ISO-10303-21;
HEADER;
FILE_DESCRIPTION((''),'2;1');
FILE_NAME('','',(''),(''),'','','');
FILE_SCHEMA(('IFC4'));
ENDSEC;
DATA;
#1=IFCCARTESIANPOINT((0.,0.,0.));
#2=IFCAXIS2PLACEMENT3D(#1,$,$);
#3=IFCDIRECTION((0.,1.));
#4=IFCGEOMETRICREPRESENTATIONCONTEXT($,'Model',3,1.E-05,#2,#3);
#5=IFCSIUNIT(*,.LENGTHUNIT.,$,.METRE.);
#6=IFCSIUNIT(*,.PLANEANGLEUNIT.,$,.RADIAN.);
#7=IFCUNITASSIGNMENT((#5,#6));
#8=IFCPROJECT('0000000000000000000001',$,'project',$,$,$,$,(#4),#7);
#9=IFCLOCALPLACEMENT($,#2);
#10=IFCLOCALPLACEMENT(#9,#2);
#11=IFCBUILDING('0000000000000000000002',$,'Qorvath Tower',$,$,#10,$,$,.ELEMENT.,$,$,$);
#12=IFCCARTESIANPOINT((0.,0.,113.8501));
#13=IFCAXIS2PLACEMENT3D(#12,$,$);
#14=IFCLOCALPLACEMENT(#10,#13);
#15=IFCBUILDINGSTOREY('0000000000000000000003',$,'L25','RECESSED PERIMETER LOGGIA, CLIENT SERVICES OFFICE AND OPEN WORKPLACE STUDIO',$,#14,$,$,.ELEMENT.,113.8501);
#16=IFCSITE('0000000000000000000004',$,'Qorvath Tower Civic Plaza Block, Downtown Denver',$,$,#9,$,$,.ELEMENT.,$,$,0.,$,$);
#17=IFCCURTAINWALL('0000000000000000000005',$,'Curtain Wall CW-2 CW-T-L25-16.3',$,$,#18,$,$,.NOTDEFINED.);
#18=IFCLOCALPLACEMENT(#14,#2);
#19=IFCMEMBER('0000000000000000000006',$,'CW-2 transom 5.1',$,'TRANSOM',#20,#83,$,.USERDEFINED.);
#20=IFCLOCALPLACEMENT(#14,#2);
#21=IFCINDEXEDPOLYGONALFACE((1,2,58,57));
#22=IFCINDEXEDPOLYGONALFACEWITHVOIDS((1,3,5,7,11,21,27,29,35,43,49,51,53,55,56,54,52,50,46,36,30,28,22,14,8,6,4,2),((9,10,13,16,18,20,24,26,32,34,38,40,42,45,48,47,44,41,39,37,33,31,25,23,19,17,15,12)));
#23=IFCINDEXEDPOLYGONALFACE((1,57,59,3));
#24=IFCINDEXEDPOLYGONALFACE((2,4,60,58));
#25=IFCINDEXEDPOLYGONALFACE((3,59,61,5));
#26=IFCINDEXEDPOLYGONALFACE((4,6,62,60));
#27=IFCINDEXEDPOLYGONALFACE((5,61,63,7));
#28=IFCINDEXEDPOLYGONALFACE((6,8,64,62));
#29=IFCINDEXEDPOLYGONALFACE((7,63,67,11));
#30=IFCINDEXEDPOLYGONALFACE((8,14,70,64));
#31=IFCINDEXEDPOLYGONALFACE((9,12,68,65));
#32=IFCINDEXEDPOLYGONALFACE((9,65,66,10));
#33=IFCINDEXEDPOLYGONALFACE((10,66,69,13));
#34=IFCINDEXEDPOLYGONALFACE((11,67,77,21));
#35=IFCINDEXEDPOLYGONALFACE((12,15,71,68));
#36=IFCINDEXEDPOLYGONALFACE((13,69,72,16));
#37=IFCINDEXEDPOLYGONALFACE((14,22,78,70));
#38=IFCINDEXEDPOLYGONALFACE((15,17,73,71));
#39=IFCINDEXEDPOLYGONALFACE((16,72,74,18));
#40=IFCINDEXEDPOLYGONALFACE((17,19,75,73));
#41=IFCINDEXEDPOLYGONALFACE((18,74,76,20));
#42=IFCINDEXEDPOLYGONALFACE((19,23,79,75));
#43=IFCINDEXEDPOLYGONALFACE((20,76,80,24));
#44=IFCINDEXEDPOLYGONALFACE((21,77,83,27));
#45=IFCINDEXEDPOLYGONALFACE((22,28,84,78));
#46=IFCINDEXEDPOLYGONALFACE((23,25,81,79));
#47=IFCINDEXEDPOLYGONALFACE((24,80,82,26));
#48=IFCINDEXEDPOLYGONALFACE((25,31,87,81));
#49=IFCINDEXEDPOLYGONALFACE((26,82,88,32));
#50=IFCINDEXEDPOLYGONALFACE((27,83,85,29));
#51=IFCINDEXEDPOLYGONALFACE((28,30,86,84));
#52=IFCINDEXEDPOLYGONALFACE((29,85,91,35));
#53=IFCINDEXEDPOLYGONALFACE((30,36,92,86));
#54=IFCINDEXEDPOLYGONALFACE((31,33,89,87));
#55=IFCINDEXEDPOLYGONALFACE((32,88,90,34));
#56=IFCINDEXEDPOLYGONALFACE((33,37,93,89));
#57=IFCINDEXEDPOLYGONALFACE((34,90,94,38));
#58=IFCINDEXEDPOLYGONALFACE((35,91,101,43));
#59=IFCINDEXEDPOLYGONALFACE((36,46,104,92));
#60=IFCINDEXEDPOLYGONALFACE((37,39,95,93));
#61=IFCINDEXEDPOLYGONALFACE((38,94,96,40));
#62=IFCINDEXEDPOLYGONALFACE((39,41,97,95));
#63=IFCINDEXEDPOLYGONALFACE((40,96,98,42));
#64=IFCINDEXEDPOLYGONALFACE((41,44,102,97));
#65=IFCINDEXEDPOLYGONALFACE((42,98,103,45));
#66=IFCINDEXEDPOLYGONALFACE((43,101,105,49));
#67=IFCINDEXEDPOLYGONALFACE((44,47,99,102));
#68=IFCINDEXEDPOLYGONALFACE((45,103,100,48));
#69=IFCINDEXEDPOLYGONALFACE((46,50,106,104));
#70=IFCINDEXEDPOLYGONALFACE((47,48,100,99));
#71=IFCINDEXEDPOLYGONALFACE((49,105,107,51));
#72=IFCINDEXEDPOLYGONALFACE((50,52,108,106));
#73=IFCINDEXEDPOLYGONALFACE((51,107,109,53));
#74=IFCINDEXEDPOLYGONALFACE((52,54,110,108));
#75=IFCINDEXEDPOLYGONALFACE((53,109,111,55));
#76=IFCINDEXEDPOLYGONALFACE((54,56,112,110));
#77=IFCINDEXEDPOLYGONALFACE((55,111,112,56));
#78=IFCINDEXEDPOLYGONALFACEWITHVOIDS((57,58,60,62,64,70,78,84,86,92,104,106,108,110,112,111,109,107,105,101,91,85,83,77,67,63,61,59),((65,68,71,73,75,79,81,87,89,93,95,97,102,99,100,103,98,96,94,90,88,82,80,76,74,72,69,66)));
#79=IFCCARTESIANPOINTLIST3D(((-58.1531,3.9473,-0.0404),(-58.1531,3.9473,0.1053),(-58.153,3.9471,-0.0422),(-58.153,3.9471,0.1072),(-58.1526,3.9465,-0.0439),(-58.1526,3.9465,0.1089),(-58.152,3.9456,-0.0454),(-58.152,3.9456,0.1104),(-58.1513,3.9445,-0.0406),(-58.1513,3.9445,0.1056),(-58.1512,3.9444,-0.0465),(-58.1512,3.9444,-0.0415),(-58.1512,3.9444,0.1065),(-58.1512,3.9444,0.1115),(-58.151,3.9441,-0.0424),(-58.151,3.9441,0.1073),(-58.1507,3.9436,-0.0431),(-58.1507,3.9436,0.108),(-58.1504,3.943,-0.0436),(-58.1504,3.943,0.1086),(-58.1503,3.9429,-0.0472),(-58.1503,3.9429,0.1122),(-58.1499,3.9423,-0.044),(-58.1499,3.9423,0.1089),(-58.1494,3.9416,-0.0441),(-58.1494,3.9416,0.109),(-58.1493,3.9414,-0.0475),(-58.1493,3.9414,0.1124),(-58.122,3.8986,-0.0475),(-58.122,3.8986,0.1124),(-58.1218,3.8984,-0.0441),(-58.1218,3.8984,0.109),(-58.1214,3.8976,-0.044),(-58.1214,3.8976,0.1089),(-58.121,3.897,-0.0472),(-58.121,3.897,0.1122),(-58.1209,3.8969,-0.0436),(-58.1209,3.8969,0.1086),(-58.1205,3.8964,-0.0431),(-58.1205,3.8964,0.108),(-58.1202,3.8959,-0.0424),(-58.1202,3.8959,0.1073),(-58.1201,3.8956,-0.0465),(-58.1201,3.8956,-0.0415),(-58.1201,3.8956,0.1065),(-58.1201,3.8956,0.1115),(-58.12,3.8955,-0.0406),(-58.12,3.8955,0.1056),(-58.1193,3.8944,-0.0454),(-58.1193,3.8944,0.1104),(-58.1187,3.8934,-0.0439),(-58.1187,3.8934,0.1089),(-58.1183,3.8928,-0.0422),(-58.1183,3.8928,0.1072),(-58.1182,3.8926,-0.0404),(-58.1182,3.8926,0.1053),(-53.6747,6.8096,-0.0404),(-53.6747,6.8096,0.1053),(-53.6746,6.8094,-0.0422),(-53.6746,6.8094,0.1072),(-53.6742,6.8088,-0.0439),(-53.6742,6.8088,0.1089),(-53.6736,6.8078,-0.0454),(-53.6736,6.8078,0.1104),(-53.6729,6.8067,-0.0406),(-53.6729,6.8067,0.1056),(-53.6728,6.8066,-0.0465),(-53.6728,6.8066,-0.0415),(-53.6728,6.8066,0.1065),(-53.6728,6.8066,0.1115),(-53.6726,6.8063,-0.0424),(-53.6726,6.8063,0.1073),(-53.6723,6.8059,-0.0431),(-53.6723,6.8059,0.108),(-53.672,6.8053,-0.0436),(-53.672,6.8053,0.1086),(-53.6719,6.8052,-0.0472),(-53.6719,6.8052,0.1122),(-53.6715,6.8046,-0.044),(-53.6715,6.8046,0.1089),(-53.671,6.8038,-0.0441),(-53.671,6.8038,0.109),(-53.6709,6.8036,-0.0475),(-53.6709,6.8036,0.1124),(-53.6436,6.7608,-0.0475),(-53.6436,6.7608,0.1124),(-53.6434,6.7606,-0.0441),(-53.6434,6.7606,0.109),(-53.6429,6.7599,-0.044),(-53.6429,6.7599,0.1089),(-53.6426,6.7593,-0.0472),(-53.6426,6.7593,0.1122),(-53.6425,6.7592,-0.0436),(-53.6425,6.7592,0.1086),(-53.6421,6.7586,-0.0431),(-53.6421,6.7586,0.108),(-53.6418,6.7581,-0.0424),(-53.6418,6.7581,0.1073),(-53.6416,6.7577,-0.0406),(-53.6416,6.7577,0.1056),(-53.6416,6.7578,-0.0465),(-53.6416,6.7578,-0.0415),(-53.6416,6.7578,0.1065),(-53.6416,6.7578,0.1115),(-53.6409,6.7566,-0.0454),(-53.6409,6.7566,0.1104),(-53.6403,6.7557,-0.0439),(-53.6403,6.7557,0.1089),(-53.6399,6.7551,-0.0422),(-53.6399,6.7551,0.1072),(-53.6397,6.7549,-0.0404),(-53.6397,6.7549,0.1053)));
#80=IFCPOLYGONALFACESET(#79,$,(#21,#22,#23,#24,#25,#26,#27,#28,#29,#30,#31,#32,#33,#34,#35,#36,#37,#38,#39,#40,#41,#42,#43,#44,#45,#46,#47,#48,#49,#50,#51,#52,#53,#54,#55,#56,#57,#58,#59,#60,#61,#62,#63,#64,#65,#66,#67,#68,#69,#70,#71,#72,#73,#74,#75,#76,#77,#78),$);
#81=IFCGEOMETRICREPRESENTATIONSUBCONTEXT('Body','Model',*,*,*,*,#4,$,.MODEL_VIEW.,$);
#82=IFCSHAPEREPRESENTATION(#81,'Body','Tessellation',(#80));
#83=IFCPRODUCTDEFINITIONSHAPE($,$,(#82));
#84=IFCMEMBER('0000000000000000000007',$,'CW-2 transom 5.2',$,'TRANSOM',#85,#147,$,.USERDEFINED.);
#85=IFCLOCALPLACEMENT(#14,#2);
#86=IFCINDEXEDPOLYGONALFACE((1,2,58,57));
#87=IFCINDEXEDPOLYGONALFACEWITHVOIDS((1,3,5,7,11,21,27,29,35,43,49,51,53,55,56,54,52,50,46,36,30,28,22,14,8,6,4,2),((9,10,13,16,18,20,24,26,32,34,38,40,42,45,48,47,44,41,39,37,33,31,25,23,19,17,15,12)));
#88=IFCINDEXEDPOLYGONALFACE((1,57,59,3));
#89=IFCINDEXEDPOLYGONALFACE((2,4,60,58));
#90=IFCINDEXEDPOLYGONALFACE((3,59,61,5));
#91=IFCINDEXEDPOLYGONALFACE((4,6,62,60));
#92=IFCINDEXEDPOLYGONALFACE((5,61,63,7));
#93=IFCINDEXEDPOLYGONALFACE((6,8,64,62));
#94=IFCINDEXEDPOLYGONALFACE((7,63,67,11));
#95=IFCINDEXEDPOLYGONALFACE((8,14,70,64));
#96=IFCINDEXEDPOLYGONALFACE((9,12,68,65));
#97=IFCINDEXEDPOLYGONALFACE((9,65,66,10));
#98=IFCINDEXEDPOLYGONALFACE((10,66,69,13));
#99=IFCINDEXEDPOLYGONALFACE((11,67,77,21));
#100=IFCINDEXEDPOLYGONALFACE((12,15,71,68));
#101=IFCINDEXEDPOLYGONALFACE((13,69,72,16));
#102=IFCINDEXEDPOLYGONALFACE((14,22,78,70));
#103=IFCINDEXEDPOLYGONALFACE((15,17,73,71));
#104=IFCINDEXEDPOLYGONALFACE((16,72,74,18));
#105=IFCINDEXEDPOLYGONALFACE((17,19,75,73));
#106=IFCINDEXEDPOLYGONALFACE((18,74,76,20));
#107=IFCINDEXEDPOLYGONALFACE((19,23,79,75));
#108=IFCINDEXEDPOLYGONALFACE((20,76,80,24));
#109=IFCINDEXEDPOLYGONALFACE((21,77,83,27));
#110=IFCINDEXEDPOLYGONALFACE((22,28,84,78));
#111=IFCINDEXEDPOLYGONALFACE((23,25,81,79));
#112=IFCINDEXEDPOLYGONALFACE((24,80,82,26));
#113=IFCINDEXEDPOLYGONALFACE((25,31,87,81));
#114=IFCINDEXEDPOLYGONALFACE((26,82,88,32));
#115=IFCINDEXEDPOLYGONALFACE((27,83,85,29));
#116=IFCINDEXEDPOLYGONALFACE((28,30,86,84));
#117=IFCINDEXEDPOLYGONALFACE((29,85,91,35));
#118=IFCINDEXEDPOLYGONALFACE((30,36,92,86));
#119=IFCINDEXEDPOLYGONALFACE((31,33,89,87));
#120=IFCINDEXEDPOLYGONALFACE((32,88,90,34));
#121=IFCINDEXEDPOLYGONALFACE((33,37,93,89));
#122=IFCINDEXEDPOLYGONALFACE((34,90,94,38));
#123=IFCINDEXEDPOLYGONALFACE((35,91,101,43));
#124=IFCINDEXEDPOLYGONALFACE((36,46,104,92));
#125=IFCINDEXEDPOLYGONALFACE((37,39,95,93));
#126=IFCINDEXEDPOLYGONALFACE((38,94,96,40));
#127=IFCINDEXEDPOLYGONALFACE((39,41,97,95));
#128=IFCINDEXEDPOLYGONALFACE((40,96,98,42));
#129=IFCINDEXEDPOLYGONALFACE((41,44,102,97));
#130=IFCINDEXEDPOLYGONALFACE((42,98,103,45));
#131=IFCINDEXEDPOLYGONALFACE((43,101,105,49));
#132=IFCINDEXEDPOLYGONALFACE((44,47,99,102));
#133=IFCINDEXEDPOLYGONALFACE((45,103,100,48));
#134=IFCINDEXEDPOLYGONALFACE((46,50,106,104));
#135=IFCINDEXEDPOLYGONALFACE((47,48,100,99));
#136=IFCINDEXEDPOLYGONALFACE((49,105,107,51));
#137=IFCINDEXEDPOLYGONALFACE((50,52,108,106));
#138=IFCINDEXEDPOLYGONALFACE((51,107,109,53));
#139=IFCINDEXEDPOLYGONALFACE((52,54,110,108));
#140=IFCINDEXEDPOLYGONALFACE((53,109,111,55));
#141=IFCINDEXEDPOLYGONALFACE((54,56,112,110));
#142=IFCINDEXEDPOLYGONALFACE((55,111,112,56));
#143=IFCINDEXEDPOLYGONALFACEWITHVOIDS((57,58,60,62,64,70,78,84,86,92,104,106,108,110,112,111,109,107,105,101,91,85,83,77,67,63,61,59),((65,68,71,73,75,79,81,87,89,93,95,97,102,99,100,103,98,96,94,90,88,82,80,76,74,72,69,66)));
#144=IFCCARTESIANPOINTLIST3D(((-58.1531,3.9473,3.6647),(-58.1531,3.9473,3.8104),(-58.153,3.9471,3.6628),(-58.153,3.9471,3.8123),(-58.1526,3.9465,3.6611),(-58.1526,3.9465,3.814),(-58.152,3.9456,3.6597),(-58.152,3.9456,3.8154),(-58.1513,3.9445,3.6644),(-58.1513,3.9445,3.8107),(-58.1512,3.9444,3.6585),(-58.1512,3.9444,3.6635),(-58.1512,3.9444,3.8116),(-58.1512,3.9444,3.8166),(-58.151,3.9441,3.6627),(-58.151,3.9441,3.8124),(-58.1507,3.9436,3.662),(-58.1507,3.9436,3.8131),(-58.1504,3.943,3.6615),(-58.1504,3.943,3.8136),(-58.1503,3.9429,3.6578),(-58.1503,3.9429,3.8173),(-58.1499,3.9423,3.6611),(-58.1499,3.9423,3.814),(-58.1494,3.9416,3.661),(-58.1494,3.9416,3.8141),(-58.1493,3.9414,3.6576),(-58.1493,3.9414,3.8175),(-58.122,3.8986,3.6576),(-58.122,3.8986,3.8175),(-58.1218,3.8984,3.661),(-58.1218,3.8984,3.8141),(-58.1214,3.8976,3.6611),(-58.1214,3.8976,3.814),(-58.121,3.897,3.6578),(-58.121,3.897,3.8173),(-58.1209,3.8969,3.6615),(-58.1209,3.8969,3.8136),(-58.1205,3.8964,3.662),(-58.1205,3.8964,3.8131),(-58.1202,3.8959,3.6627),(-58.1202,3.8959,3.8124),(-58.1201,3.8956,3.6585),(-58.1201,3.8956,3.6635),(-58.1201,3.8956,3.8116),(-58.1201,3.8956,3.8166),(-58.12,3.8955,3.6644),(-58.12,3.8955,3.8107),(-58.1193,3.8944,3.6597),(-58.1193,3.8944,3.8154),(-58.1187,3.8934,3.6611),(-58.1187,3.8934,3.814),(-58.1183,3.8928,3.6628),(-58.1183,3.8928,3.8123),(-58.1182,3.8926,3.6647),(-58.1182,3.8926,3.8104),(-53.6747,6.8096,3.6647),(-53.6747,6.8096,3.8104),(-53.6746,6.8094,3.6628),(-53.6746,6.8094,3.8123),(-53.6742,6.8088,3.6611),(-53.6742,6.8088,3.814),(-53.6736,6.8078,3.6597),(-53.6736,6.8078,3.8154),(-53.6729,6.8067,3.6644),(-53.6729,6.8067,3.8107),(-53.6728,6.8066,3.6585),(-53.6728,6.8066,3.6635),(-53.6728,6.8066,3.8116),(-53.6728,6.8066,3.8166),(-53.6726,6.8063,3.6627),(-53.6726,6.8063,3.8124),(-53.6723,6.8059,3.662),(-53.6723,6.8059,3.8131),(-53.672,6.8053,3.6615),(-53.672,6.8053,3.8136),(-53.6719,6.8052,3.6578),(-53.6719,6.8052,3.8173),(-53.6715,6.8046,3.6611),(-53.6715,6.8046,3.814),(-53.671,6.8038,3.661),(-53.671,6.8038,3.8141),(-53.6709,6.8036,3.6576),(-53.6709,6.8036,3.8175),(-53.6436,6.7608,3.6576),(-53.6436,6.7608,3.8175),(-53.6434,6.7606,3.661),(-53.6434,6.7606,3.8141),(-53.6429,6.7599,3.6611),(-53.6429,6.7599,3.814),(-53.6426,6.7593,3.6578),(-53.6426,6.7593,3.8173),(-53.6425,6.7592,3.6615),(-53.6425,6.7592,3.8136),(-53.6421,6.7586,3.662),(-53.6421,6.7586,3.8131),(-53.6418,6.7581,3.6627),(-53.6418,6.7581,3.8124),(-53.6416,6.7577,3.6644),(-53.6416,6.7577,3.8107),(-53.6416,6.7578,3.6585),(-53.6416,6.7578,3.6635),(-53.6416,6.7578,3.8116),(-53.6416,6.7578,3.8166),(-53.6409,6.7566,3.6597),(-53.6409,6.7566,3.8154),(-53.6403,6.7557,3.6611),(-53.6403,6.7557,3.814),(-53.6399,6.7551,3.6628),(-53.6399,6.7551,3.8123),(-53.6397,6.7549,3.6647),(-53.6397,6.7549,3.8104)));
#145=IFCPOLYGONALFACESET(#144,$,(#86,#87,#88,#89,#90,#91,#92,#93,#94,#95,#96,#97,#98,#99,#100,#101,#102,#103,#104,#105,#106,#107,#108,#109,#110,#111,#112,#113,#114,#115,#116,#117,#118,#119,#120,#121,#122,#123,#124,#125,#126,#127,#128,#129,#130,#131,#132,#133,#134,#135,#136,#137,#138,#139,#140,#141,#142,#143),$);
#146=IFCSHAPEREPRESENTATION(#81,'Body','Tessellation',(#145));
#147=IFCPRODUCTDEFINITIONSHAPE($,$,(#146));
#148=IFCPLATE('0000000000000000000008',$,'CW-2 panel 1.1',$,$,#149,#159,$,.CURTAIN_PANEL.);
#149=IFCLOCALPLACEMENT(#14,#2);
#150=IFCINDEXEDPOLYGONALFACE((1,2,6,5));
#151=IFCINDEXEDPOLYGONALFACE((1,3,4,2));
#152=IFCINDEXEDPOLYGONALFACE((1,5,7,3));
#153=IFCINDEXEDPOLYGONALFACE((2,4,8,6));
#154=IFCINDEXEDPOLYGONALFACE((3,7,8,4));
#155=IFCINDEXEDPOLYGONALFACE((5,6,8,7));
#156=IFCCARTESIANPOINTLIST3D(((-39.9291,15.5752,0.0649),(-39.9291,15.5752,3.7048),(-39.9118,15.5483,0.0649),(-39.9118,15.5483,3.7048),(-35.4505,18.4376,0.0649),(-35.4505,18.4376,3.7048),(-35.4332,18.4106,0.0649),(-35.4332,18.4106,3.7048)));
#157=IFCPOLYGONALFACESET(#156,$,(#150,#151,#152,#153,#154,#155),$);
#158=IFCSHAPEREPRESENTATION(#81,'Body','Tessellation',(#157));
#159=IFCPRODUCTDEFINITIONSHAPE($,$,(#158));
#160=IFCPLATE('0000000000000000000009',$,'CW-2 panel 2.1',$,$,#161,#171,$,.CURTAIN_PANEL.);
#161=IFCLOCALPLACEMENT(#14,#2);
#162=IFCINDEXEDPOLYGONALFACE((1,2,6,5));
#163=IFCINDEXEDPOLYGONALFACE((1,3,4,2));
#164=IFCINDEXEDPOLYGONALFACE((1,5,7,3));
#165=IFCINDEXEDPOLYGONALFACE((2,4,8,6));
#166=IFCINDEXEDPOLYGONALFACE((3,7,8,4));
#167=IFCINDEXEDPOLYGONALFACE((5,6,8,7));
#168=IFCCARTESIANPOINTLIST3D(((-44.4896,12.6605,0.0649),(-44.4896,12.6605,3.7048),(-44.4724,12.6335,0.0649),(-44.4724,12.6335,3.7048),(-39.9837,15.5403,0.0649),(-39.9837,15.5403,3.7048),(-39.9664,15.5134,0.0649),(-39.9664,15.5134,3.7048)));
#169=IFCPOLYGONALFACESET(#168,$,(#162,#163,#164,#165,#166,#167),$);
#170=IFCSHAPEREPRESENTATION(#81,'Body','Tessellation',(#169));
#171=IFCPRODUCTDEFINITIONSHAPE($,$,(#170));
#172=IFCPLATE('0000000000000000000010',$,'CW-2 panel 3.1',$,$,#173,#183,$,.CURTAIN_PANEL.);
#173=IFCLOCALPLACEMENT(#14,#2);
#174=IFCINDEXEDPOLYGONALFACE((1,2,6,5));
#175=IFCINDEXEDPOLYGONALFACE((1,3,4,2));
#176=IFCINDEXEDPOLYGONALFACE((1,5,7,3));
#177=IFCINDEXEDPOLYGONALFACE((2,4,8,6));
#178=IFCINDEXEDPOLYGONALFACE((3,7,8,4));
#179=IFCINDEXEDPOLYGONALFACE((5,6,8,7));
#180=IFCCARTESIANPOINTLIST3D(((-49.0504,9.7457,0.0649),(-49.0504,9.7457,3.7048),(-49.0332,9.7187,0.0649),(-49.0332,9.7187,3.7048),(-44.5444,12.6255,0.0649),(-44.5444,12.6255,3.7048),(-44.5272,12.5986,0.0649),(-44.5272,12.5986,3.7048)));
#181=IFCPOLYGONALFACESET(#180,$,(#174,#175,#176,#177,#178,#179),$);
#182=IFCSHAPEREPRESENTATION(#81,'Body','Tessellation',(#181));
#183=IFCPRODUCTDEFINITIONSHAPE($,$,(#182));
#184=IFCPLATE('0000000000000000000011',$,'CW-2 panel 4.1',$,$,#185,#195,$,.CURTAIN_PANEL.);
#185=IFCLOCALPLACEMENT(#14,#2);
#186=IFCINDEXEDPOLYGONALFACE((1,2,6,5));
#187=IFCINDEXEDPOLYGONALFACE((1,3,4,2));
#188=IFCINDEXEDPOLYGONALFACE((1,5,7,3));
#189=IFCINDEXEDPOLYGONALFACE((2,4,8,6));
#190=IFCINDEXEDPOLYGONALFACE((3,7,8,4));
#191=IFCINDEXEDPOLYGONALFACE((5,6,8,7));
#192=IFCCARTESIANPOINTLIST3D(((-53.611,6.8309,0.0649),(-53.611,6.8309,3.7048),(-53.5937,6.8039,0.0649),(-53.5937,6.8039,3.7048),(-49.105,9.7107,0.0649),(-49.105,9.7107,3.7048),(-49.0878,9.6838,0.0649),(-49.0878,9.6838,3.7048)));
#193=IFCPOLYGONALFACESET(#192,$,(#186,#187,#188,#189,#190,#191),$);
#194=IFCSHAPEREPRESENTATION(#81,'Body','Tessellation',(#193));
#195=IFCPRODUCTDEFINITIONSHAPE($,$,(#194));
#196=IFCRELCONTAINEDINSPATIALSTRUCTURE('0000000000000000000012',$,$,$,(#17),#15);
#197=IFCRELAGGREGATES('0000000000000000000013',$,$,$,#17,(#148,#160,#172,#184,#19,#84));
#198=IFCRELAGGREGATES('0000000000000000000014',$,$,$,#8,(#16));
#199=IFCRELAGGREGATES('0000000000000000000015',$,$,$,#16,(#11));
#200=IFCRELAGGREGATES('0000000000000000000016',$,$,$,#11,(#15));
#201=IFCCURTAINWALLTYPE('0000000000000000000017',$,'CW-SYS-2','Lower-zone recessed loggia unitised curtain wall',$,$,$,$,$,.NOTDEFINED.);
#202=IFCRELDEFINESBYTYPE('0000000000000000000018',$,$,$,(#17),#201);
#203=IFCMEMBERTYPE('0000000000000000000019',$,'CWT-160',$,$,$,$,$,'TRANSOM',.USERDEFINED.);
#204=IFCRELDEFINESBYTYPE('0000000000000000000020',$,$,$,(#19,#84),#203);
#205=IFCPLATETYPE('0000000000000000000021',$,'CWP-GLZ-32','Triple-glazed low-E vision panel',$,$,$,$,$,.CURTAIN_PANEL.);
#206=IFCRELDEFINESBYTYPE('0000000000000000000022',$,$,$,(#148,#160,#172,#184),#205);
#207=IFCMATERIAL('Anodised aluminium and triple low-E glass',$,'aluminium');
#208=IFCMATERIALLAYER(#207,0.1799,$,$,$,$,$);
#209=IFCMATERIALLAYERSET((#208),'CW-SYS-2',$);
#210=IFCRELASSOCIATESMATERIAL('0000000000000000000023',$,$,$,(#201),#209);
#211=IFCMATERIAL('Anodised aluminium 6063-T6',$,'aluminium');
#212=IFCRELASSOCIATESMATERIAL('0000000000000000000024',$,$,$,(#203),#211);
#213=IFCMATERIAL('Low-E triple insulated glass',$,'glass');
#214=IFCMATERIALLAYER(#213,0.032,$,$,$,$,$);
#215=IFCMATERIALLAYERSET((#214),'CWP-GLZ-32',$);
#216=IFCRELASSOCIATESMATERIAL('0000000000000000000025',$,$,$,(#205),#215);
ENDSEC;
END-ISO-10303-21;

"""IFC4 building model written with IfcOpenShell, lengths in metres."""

from ifc_helpers import new_model, si_unit, direction, frame, origin, origin_2d, place, context, subcontext, project, spatial, rectangle, hollow_rectangle, extrude, material, layer, layer_set, material_profile, profile_set, type_object, element, aggregate, save


model = new_model("IFC4")

# Units and contexts
model_context = context("Model", 3, precision=1e-05, world=origin(), true_north=direction((0.0, 1.0)))
body_context = subcontext(model_context, "Body", "Model", "MODEL_VIEW")
ifc_project = project(units=[si_unit("LENGTHUNIT", "METRE"), si_unit("PLANEANGLEUNIT", "RADIAN")], contexts=[model_context])

# Site, building, storey
site_placement = place(None, origin())
site = spatial("IfcSite", under=ifc_project, at=site_placement, Name="Qorvath Tower Civic Plaza Block, Downtown Denver", CompositionType="ELEMENT", RefElevation=0.0)
building_placement = place(site_placement, origin())
building = spatial("IfcBuilding", under=site, at=building_placement, Name="Qorvath Tower", CompositionType="ELEMENT")
storey_placement = place(building_placement, frame((0.0, 0.0, 113.8501)))
storey = spatial("IfcBuildingStorey", under=building, at=storey_placement, Name="L25", Description="RECESSED PERIMETER LOGGIA, CLIENT SERVICES OFFICE AND OPEN WORKPLACE STUDIO", CompositionType="ELEMENT", Elevation=113.8501)

# Curtain wall, members, plates
ifc_material_1 = material(Name="Anodised aluminium and triple low-E glass", Category="aluminium")
ifc_layer_1 = layer(ifc_material_1, 0.1799)
ifc_layer_set_1 = layer_set([ifc_layer_1], Name="CW-SYS-2")
curtain_wall_type = type_object("IfcCurtainWallType", Name="CW-SYS-2", Description="Lower-zone recessed loggia unitised curtain wall", PredefinedType="NOTDEFINED", material=ifc_layer_set_1)
curtain_wall_placement = place(storey_placement, origin())
curtain_wall = element("IfcCurtainWall", 1, at=curtain_wall_placement, inside=storey, type_object=curtain_wall_type, Name="Curtain Wall CW-2 CW-T-L25-16.3", PredefinedType="NOTDEFINED")
ifc_material_2 = material(Name="Anodised aluminium 6063-T6", Category="aluminium")
ifc_material_profile_1 = material_profile(ifc_material_2, hollow_rectangle(XDim=0.0649, YDim=0.1599, WallThickness=0.0034, InnerFilletRadius=0.0034, OuterFilletRadius=0.0071, at=origin_2d()), Name="CWT 160x65")
ifc_profile_set_1 = profile_set([ifc_material_profile_1], Name="Anodised aluminium 6063-T6")
member_type_1 = type_object("IfcMemberType", Name="CWT-160", ElementType="TRANSOM", PredefinedType="USERDEFINED", material=ifc_profile_set_1)
member_1_placement = place(storey_placement, frame((-53.6572, 6.7822, 0.0325), z_axis=(-0.842608, -0.538527, 0.0), x_axis=(0.538527, -0.842608, 0.0)))
member_1 = element("IfcMember", 2, at=member_1_placement, type_object=member_type_1, Name="CW-2 transom 5.1", ObjectType="TRANSOM", PredefinedType="USERDEFINED", context=body_context, shape_type="SweptSolid", body=[
    extrude(hollow_rectangle(XDim=0.0649, YDim=0.1599, WallThickness=0.0034, InnerFilletRadius=0.0034, OuterFilletRadius=0.0071, at=origin_2d()), origin(), (0.0, 0.0, 1.0), 5.3149),
])
member_2_placement = place(storey_placement, frame((-53.6572, 6.7822, 3.7375), z_axis=(-0.842608, -0.538527, 0.0), x_axis=(0.538527, -0.842608, 0.0)))
member_2 = element("IfcMember", 3, at=member_2_placement, type_object=member_type_1, Name="CW-2 transom 5.2", ObjectType="TRANSOM", PredefinedType="USERDEFINED", context=body_context, shape_type="SweptSolid", body=[
    extrude(hollow_rectangle(XDim=0.0649, YDim=0.1599, WallThickness=0.0034, InnerFilletRadius=0.0034, OuterFilletRadius=0.0071, at=origin_2d()), origin(), (0.0, 0.0, 1.0), 5.3149),
])
ifc_material_3 = material(Name="Low-E triple insulated glass", Category="glass")
ifc_layer_2 = layer(ifc_material_3, 0.032)
ifc_layer_set_2 = layer_set([ifc_layer_2], Name="CWP-GLZ-32")
plate_type = type_object("IfcPlateType", Name="CWP-GLZ-32", Description="Triple-glazed low-E vision panel", PredefinedType="CURTAIN_PANEL", material=ifc_layer_set_2)
plate_1_placement = place(storey_placement, frame((-37.6812, 16.9929, 0.0649), z_axis=(0.0, 0.0, 1.0), x_axis=(-0.842606, -0.53853, 0.0)))
plate_1 = element("IfcPlate", 4, at=plate_1_placement, type_object=plate_type, Name="CW-2 panel 1.1", PredefinedType="CURTAIN_PANEL", context=body_context, shape_type="SweptSolid", body=[
    extrude(rectangle(XDim=5.3152, YDim=0.032, at=origin_2d()), origin(), (0.0, 0.0, 1.0), 3.6399),
])
plate_2_placement = place(storey_placement, frame((-42.228, 14.0869, 0.0649), z_axis=(0.0, 0.0, 1.0), x_axis=(-0.842606, -0.53853, 0.0)))
plate_2 = element("IfcPlate", 5, at=plate_2_placement, type_object=plate_type, Name="CW-2 panel 2.1", PredefinedType="CURTAIN_PANEL", context=body_context, shape_type="SweptSolid", body=[
    extrude(rectangle(XDim=5.3477, YDim=0.032, at=origin_2d()), origin(), (0.0, 0.0, 1.0), 3.6399),
])
plate_3_placement = place(storey_placement, frame((-46.7888, 11.1721, 0.0649), z_axis=(0.0, 0.0, 1.0), x_axis=(-0.842606, -0.53853, 0.0)))
plate_3 = element("IfcPlate", 6, at=plate_3_placement, type_object=plate_type, Name="CW-2 panel 3.1", PredefinedType="CURTAIN_PANEL", context=body_context, shape_type="SweptSolid", body=[
    extrude(rectangle(XDim=5.3477, YDim=0.032, at=origin_2d()), origin(), (0.0, 0.0, 1.0), 3.6399),
])
plate_4_placement = place(storey_placement, frame((-51.3494, 8.2573, 0.0649), z_axis=(0.0, 0.0, 1.0), x_axis=(-0.842606, -0.53853, 0.0)))
plate_4 = element("IfcPlate", 7, at=plate_4_placement, type_object=plate_type, Name="CW-2 panel 4.1", PredefinedType="CURTAIN_PANEL", context=body_context, shape_type="SweptSolid", body=[
    extrude(rectangle(XDim=5.3477, YDim=0.032, at=origin_2d()), origin(), (0.0, 0.0, 1.0), 3.6399),
])
aggregate(curtain_wall, [plate_1, plate_2, plate_3, plate_4, member_1, member_2])

save(model, "model.ifc")
